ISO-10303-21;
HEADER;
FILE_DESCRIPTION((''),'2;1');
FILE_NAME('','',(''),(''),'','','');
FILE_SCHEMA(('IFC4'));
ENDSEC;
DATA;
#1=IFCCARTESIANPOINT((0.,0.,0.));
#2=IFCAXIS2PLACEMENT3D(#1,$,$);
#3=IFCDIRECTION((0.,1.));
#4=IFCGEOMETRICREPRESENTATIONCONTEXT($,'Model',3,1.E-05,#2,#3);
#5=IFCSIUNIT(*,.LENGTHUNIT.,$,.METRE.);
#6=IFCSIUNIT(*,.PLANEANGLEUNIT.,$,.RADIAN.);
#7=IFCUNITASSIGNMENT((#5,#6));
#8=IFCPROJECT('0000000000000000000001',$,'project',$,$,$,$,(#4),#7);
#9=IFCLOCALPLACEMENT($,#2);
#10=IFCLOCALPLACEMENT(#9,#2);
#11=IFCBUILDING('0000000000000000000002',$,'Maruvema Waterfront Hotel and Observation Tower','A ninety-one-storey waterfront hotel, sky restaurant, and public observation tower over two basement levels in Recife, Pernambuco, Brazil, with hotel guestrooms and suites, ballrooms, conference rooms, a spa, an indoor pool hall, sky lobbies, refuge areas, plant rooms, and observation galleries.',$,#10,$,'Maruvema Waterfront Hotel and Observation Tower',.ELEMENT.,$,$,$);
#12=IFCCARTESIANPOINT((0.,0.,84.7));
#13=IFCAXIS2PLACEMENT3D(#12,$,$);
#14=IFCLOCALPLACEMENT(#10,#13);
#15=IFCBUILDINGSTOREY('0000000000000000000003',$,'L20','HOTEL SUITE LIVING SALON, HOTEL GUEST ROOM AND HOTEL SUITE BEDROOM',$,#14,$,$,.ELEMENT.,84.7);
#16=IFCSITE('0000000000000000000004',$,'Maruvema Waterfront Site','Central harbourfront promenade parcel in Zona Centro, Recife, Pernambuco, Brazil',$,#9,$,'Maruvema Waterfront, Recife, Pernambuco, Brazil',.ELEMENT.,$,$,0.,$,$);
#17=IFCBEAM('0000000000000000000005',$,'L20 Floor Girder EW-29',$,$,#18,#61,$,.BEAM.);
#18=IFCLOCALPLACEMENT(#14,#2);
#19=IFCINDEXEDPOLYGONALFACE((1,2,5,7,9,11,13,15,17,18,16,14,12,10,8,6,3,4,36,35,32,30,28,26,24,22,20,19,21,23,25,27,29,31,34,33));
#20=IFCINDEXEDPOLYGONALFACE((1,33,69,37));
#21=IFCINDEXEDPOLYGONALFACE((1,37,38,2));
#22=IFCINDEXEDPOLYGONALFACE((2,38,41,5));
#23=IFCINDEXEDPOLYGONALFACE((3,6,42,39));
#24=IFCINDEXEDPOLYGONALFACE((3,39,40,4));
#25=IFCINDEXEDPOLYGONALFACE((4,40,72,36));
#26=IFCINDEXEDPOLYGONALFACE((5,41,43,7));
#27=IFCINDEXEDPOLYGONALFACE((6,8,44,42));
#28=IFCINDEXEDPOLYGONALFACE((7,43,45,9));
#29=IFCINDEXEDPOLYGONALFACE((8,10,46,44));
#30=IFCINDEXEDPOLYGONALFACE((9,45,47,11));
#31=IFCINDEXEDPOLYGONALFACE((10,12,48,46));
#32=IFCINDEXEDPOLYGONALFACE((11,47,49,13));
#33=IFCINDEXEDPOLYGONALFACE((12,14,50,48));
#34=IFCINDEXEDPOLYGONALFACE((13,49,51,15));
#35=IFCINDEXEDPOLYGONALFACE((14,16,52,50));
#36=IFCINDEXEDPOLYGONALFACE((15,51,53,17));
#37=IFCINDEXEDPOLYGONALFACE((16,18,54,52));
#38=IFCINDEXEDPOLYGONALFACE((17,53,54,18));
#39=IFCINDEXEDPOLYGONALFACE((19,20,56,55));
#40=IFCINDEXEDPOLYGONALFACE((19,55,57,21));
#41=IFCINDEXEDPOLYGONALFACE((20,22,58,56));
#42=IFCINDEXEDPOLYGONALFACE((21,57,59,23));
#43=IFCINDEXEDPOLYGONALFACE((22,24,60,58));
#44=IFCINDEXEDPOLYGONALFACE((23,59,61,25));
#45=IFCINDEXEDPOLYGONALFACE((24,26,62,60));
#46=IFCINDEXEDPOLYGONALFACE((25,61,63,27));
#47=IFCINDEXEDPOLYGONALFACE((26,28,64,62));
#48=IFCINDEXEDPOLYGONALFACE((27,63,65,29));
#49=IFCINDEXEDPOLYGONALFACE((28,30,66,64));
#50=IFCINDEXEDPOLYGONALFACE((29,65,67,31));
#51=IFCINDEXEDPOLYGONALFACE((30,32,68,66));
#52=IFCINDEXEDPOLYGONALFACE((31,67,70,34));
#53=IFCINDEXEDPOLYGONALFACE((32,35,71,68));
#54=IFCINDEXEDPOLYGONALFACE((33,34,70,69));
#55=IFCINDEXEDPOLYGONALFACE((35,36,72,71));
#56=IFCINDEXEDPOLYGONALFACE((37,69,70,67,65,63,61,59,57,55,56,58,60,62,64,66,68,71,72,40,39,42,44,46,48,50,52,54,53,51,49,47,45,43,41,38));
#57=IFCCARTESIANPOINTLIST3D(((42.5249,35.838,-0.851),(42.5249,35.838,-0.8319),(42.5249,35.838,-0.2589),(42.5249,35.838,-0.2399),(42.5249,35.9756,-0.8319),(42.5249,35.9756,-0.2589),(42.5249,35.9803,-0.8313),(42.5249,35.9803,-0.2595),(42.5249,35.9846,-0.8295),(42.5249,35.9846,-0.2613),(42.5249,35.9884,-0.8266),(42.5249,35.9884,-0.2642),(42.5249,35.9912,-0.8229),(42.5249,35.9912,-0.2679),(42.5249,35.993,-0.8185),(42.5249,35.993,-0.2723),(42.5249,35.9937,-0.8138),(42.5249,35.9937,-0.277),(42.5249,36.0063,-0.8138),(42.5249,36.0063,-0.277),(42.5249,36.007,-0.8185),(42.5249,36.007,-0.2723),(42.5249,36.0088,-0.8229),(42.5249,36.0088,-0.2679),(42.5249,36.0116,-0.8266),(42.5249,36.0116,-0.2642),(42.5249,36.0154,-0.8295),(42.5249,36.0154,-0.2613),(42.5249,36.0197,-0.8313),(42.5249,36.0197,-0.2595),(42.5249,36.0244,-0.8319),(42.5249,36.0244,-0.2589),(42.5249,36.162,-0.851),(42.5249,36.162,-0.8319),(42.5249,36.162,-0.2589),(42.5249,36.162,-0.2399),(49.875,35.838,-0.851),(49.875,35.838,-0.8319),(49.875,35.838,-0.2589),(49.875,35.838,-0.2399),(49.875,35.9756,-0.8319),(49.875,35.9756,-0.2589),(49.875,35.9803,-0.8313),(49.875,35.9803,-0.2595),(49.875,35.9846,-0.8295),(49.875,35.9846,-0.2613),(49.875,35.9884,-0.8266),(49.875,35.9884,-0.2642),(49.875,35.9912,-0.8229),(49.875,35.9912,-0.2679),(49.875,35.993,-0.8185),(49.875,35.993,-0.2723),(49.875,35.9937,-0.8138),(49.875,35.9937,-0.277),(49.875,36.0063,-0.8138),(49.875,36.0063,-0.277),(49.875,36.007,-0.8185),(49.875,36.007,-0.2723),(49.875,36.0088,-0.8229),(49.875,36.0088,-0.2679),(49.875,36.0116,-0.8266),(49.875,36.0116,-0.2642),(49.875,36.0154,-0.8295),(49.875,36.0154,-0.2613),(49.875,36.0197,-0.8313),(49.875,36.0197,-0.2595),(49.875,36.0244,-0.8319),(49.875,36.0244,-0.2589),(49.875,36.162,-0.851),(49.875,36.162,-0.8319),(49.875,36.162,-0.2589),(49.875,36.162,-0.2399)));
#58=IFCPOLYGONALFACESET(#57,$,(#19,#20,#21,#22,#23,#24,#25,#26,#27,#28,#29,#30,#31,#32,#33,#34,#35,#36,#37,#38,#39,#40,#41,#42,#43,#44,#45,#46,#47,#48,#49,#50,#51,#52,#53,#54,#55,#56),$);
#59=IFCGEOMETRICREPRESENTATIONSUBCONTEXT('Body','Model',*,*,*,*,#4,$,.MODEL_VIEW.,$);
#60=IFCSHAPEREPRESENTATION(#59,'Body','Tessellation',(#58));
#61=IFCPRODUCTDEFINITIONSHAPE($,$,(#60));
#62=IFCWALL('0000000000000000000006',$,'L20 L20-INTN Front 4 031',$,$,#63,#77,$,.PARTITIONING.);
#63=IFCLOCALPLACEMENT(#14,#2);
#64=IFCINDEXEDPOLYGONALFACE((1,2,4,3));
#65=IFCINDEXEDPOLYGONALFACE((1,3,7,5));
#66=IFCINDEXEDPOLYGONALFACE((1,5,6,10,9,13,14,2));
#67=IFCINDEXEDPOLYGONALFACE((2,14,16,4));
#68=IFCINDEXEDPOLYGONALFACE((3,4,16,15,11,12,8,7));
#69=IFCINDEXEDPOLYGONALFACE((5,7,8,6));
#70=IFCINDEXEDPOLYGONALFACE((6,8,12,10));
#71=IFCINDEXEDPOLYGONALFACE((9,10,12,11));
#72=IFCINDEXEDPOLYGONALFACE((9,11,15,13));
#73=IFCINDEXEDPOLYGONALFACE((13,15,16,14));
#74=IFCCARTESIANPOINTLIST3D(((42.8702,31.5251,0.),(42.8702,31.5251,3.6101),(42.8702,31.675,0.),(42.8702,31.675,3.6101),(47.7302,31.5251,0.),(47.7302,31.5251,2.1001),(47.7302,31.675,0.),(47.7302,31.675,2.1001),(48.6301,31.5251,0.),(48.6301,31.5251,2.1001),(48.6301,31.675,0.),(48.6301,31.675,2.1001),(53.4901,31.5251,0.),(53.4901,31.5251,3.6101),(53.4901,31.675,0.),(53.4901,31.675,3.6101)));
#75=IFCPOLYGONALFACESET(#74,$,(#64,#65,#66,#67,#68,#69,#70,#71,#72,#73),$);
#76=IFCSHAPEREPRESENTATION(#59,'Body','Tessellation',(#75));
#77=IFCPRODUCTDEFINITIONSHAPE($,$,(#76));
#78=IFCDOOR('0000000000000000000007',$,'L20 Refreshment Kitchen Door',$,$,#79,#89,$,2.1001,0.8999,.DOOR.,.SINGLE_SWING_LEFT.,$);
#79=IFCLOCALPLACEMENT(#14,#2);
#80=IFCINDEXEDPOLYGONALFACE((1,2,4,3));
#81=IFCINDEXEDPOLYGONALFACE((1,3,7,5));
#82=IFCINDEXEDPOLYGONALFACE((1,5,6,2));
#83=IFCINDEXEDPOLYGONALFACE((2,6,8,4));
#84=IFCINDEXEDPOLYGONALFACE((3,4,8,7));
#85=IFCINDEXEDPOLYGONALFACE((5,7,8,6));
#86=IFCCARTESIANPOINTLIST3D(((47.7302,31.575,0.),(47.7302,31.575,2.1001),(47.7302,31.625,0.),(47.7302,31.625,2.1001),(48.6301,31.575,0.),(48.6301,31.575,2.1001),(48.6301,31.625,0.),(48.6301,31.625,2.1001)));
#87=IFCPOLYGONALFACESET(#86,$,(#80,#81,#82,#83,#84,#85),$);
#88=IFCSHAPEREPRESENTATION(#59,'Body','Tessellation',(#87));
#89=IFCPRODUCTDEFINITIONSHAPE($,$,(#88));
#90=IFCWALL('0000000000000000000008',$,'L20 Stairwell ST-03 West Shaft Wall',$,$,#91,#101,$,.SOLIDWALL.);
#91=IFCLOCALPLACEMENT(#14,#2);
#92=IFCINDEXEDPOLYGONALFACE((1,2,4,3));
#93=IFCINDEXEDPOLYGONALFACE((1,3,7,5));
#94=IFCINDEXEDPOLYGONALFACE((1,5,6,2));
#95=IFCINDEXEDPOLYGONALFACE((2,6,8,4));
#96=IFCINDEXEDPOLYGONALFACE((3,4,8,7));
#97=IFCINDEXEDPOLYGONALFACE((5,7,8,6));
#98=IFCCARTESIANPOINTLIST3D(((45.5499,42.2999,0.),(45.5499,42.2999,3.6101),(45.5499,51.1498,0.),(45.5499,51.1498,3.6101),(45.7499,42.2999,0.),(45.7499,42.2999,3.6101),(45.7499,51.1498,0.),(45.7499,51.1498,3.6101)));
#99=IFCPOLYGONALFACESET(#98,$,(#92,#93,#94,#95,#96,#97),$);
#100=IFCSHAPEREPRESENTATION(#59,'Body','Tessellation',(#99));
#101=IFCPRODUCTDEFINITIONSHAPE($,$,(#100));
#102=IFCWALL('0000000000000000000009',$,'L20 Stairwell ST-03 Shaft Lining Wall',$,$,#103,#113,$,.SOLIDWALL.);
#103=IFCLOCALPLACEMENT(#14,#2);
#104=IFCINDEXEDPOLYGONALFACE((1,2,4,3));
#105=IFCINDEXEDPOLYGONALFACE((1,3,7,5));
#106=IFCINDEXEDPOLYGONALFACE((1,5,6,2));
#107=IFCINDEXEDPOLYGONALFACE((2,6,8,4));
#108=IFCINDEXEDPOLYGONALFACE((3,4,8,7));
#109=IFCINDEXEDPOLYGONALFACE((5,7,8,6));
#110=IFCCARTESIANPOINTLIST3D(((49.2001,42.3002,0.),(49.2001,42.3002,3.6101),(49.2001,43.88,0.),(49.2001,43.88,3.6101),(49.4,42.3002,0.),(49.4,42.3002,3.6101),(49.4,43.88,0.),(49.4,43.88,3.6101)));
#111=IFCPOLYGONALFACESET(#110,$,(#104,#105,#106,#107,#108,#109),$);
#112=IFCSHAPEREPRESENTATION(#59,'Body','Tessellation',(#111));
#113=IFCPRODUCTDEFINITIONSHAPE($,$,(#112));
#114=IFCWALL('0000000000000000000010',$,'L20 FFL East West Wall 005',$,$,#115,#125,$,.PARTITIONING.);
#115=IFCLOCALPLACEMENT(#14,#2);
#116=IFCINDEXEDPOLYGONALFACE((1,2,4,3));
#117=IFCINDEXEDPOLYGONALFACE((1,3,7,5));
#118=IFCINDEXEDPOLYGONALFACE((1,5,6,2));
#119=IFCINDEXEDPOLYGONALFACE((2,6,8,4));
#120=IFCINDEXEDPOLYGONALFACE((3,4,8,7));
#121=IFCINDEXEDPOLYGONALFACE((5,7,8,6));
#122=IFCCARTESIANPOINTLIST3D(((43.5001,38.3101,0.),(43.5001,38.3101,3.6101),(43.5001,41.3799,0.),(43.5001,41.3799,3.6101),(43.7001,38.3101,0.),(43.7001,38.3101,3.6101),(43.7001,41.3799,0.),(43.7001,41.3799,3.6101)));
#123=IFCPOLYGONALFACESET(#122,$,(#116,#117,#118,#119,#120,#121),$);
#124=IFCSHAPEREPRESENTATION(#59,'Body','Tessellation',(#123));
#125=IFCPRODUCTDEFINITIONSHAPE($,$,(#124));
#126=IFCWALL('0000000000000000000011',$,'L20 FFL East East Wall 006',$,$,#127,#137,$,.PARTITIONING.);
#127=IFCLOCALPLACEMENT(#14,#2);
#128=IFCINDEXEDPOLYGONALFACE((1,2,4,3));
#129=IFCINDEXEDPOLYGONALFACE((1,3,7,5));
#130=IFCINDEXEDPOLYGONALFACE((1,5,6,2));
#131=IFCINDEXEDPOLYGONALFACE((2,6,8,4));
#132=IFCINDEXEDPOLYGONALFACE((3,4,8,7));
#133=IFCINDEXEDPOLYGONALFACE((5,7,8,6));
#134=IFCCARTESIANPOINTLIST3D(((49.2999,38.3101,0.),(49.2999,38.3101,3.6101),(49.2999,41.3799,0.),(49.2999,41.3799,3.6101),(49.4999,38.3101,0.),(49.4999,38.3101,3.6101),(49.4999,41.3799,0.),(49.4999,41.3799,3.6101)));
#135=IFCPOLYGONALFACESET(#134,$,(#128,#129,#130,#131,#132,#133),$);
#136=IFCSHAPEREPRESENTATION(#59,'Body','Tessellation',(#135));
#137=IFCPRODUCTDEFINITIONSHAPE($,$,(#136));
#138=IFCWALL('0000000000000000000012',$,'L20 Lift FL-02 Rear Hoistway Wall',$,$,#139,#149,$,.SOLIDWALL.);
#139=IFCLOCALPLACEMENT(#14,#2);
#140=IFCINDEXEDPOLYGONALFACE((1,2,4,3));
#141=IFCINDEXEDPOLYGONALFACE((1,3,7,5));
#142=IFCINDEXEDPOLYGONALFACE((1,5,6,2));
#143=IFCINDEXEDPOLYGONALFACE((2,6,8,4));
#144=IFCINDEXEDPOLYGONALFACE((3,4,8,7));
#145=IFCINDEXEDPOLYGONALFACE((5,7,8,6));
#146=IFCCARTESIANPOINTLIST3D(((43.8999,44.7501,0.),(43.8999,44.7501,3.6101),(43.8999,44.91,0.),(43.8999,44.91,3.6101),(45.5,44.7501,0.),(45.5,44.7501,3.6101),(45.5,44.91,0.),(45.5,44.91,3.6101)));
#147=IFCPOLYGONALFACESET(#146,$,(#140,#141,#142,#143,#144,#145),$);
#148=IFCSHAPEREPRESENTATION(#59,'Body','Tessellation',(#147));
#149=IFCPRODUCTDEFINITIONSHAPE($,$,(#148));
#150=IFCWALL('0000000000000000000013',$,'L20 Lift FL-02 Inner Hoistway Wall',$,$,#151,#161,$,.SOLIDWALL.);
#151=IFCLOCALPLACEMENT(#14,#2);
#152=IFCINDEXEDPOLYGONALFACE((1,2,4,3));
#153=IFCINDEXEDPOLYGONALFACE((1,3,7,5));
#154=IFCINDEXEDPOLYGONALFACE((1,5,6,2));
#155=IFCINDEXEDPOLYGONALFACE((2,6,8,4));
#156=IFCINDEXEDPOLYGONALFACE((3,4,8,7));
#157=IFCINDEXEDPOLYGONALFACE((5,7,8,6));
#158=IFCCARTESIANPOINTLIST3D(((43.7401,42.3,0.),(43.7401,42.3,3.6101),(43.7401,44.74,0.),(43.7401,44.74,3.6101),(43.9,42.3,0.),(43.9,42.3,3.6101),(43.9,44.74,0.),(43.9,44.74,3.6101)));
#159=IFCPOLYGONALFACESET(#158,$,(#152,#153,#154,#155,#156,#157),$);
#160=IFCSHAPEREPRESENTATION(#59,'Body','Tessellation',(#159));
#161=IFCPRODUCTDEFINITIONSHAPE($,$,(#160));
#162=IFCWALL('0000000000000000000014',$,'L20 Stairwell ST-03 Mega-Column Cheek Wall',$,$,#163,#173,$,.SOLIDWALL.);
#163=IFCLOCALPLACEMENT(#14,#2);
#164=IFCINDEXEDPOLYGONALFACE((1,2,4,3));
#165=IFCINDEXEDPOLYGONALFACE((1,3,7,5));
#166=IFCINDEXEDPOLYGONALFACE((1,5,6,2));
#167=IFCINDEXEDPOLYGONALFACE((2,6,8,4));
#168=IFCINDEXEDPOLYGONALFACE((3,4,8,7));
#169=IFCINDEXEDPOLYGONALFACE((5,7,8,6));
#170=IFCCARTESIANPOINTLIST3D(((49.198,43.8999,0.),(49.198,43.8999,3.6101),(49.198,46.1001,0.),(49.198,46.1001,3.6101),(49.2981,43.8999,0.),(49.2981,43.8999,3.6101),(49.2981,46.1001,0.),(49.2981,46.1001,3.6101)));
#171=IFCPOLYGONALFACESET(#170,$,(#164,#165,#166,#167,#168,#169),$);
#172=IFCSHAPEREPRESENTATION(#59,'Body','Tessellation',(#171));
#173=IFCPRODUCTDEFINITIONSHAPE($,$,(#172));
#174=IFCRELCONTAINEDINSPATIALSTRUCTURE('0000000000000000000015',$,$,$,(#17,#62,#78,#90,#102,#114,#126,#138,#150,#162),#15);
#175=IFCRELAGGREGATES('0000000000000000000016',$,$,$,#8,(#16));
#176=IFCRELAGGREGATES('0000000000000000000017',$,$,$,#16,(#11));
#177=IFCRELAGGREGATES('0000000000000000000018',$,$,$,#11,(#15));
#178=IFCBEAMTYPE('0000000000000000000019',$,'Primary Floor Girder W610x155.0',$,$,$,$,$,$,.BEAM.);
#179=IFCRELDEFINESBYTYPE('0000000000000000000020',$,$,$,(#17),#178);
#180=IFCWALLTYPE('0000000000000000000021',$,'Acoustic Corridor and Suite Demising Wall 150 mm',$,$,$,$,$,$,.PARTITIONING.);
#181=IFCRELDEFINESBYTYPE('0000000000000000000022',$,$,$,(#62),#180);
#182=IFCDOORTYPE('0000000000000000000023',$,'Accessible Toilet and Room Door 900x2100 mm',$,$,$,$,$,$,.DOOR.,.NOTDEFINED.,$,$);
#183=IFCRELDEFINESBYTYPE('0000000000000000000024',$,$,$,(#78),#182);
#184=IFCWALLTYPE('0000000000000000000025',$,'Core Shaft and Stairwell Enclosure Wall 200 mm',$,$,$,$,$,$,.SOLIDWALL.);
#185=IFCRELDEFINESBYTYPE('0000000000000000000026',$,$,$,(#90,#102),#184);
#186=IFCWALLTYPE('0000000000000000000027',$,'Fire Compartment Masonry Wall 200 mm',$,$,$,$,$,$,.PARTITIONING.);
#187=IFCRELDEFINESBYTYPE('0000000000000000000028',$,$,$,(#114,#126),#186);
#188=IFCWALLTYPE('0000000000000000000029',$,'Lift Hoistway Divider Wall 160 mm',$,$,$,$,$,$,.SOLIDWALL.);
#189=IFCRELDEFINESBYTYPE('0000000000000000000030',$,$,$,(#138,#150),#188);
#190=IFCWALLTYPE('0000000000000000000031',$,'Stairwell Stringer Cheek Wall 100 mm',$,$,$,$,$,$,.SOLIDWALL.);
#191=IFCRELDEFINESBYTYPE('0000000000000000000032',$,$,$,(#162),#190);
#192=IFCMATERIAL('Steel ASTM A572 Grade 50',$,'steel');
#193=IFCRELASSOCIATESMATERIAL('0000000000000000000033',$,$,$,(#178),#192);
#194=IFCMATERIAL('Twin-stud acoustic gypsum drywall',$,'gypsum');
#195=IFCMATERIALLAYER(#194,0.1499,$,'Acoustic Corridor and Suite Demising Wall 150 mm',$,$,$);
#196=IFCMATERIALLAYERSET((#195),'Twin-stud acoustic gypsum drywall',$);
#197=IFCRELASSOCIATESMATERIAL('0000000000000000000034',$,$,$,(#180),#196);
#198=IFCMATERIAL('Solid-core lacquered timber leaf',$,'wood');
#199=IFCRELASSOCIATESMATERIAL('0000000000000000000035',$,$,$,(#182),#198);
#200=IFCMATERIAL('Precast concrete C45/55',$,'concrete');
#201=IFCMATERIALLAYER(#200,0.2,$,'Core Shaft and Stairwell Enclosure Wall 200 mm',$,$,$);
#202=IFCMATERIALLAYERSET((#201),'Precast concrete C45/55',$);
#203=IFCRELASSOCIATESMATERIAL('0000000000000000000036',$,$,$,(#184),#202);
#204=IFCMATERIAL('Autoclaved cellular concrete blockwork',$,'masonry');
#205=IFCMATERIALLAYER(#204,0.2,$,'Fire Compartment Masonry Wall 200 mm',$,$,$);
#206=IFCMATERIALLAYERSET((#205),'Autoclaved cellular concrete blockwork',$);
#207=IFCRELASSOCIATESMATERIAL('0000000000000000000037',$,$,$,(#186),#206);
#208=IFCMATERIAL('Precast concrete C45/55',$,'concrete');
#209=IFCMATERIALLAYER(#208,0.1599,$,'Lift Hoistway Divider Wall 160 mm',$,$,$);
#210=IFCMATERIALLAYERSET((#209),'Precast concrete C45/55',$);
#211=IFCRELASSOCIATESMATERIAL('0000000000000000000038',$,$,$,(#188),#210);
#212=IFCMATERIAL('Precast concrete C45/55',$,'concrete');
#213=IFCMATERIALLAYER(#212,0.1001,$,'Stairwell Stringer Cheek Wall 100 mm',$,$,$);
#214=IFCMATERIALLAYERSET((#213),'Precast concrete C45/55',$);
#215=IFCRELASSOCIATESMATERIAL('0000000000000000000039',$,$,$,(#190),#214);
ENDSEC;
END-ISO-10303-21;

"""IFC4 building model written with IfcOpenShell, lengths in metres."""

from ifc_helpers import new_model, si_unit, direction, frame, frame_2d, origin, origin_2d, place, context, subcontext, project, spatial, rectangle, i_section, extrude, material, layer, layer_set, material_profile, profile_set, type_object, element, fill, save


model = new_model("IFC4")

# Units and contexts
model_context = context("Model", 3, precision=1e-05, world=origin(), true_north=direction((0.0, 1.0)))
body_context = subcontext(model_context, "Body", "Model", "MODEL_VIEW")
ifc_project = project(units=[si_unit("LENGTHUNIT", "METRE"), si_unit("PLANEANGLEUNIT", "RADIAN")], contexts=[model_context])

# Site, building, storey
site_placement = place(None, origin())
site = spatial("IfcSite", under=ifc_project, at=site_placement, Name="Maruvema Waterfront Site", Description="Central harbourfront promenade parcel in Zona Centro, Recife, Pernambuco, Brazil", LongName="Maruvema Waterfront, Recife, Pernambuco, Brazil", CompositionType="ELEMENT", RefElevation=0.0)
building_placement = place(site_placement, origin())
building = spatial("IfcBuilding", under=site, at=building_placement, Name="Maruvema Waterfront Hotel and Observation Tower", Description="A ninety-one-storey waterfront hotel, sky restaurant, and public observation tower over two basement levels in Recife, Pernambuco, Brazil, with hotel guestrooms and suites, ballrooms, conference rooms, a spa, an indoor pool hall, sky lobbies, refuge areas, plant rooms, and observation galleries.", LongName="Maruvema Waterfront Hotel and Observation Tower", CompositionType="ELEMENT")
storey_placement = place(building_placement, frame((0.0, 0.0, 84.7)))
storey = spatial("IfcBuildingStorey", under=building, at=storey_placement, Name="L20", Description="HOTEL SUITE LIVING SALON, HOTEL GUEST ROOM AND HOTEL SUITE BEDROOM", CompositionType="ELEMENT", Elevation=84.7)

# Beam
ifc_material_1 = material(Name="Steel ASTM A572 Grade 50", Category="steel")
ifc_material_profile = material_profile(ifc_material_1, i_section(OverallWidth=0.324, OverallDepth=0.6111, WebThickness=0.0127, FlangeThickness=0.019, FilletRadius=0.0181, at=origin_2d()), Name="W610x155.0")
ifc_profile_set = profile_set([ifc_material_profile], Name="Steel ASTM A572 Grade 50")
beam_type = type_object("IfcBeamType", Name="Primary Floor Girder W610x155.0", PredefinedType="BEAM", material=ifc_profile_set)
beam_placement = place(storey_placement, frame((42.5249, 36.0, -0.5454), z_axis=(1.0, 0.0, 0.0), x_axis=(0.0, 1.0, 0.0)))
element("IfcBeam", 1, at=beam_placement, inside=storey, type_object=beam_type, Name="L20 Floor Girder EW-29", PredefinedType="BEAM", context=body_context, shape_type="SweptSolid", body=[
    extrude(i_section(OverallWidth=0.324, OverallDepth=0.6111, WebThickness=0.0127, FlangeThickness=0.019, FilletRadius=0.0181, at=origin_2d()), origin(), (0.0, 0.0, 1.0), 7.3501),
])

# Wall, opening, door
ifc_material_2 = material(Name="Twin-stud acoustic gypsum drywall", Category="gypsum")
ifc_layer_1 = layer(ifc_material_2, 0.1499, Name="Acoustic Corridor and Suite Demising Wall 150 mm")
ifc_layer_set_1 = layer_set([ifc_layer_1], Name="Twin-stud acoustic gypsum drywall")
wall_type_1 = type_object("IfcWallType", Name="Acoustic Corridor and Suite Demising Wall 150 mm", PredefinedType="PARTITIONING", material=ifc_layer_set_1)
wall_1_placement = place(storey_placement, frame((42.8701, 31.6001, 0.0), z_axis=(0.0, 0.0, 1.0), x_axis=(1.0, 0.0, 0.0)))
wall_1 = element("IfcWall", 2, at=wall_1_placement, inside=storey, type_object=wall_type_1, Name="L20 L20-INTN Front 4 031", PredefinedType="PARTITIONING", context=body_context, shape_type="SweptSolid", body=[
    extrude(rectangle(XDim=10.6199, YDim=0.1499, at=frame_2d((5.3101, 0.0))), origin(), (0.0, 0.0, 1.0), 3.6101),
])
opening_1_placement = place(wall_1_placement, frame((4.8601, 0.0, 0.0)))
opening_1 = element("IfcOpeningElement", 3, at=opening_1_placement, cuts=wall_1, PredefinedType="OPENING", context=body_context, shape_type="SweptSolid", body=[
    extrude(rectangle(XDim=0.8999, YDim=2.1001, at=frame_2d((0.45, 1.05))), frame((0.0, 0.085, 0.0), z_axis=(0.0, -1.0, 0.0), x_axis=(1.0, 0.0, 0.0)), (0.0, 0.0, 1.0), 0.1699),
])
ifc_material_3 = material(Name="Solid-core lacquered timber leaf", Category="wood")
door_type_1 = type_object("IfcDoorType", Name="Accessible Toilet and Room Door 900x2100 mm", OperationType="NOTDEFINED", PredefinedType="DOOR", material=ifc_material_3)
door_1_placement = place(opening_1_placement, origin())
door_1 = element("IfcDoor", 4, at=door_1_placement, inside=storey, type_object=door_type_1, Name="L20 Refreshment Kitchen Door", OperationType="SINGLE_SWING_LEFT", OverallHeight=2.1001, OverallWidth=0.8999, PredefinedType="DOOR", context=body_context, shape_type="SweptSolid", body=[
    extrude(rectangle(XDim=0.8999, YDim=2.1001, at=frame_2d((0.45, 1.05))), frame((0.0, 0.0249, 0.0), z_axis=(0.0, -1.0, 0.0), x_axis=(1.0, 0.0, 0.0)), (0.0, 0.0, 1.0), 0.05),
])
fill(opening_1, door_1)

# Walls
ifc_material_4 = material(Name="Precast concrete C45/55", Category="concrete")
ifc_layer_2 = layer(ifc_material_4, 0.2, Name="Core Shaft and Stairwell Enclosure Wall 200 mm")
ifc_layer_set_2 = layer_set([ifc_layer_2], Name="Precast concrete C45/55")
wall_type_2 = type_object("IfcWallType", Name="Core Shaft and Stairwell Enclosure Wall 200 mm", PredefinedType="SOLIDWALL", material=ifc_layer_set_2)
wall_2_placement = place(storey_placement, frame((45.6499, 42.3, 0.0), z_axis=(0.0, 0.0, 1.0), x_axis=(0.0, 1.0, 0.0)))
element("IfcWall", 5, at=wall_2_placement, inside=storey, type_object=wall_type_2, Name="L20 Stairwell ST-03 West Shaft Wall", PredefinedType="SOLIDWALL", context=body_context, shape_type="SweptSolid", body=[
    extrude(rectangle(XDim=8.8499, YDim=0.2, at=frame_2d((4.4248, 0.0))), origin(), (0.0, 0.0, 1.0), 3.6101),
])
wall_3_placement = place(storey_placement, frame((49.3, 42.3, 0.0), z_axis=(0.0, 0.0, 1.0), x_axis=(0.0, 1.0, 0.0)))
element("IfcWall", 6, at=wall_3_placement, inside=storey, type_object=wall_type_2, Name="L20 Stairwell ST-03 Shaft Lining Wall", PredefinedType="SOLIDWALL", context=body_context, shape_type="SweptSolid", body=[
    extrude(rectangle(XDim=1.5798, YDim=0.2, at=frame_2d((0.79, 0.0))), origin(), (0.0, 0.0, 1.0), 3.6101),
])

# Shared definitions
ifc_material_5 = material(Name="Autoclaved cellular concrete blockwork", Category="masonry")
ifc_layer_3 = layer(ifc_material_5, 0.2, Name="Fire Compartment Masonry Wall 200 mm")
ifc_layer_set_3 = layer_set([ifc_layer_3], Name="Autoclaved cellular concrete blockwork")
wall_type_3 = type_object("IfcWallType", Name="Fire Compartment Masonry Wall 200 mm", PredefinedType="PARTITIONING", material=ifc_layer_set_3)

# Walls
for number, where, z_axis, x_axis, name in (
    (7, (43.6001, 38.3101, 0.0), (0.0, 0.0, 1.0), (0.0, 1.0, 0.0), "L20 FFL East West Wall 005"),
    (8, (49.3999, 38.3101, 0.0), (0.0, 0.0, 1.0), (0.0, 1.0, 0.0), "L20 FFL East East Wall 006"),
):
    element("IfcWall", number, at=place(storey_placement, frame(where, z_axis=z_axis, x_axis=x_axis)), inside=storey, type_object=wall_type_3, Name=name, PredefinedType="PARTITIONING", context=body_context, shape_type="SweptSolid", body=[
        extrude(rectangle(XDim=3.0698, YDim=0.2, at=frame_2d((1.5349, 0.0))), origin(), (0.0, 0.0, 1.0), 3.6101),
    ])
ifc_material_6 = material(Name="Precast concrete C45/55", Category="concrete")
ifc_layer_4 = layer(ifc_material_6, 0.1599, Name="Lift Hoistway Divider Wall 160 mm")
ifc_layer_set_4 = layer_set([ifc_layer_4], Name="Precast concrete C45/55")
wall_type_4 = type_object("IfcWallType", Name="Lift Hoistway Divider Wall 160 mm", PredefinedType="SOLIDWALL", material=ifc_layer_set_4)
wall_4_placement = place(storey_placement, frame((43.8999, 44.8301, 0.0), z_axis=(0.0, 0.0, 1.0), x_axis=(1.0, 0.0, 0.0)))
element("IfcWall", 9, at=wall_4_placement, inside=storey, type_object=wall_type_4, Name="L20 Lift FL-02 Rear Hoistway Wall", PredefinedType="SOLIDWALL", context=body_context, shape_type="SweptSolid", body=[
    extrude(rectangle(XDim=1.6001, YDim=0.1599, at=frame_2d((0.8, 0.0))), origin(), (0.0, 0.0, 1.0), 3.6101),
])
wall_5_placement = place(storey_placement, frame((43.8201, 42.3, 0.0), z_axis=(0.0, 0.0, 1.0), x_axis=(0.0, 1.0, 0.0)))
element("IfcWall", 10, at=wall_5_placement, inside=storey, type_object=wall_type_4, Name="L20 Lift FL-02 Inner Hoistway Wall", PredefinedType="SOLIDWALL", context=body_context, shape_type="SweptSolid", body=[
    extrude(rectangle(XDim=2.4399, YDim=0.1599, at=frame_2d((1.22, 0.0))), origin(), (0.0, 0.0, 1.0), 3.6101),
])
ifc_material_7 = material(Name="Precast concrete C45/55", Category="concrete")
ifc_layer_5 = layer(ifc_material_7, 0.1001, Name="Stairwell Stringer Cheek Wall 100 mm")
ifc_layer_set_5 = layer_set([ifc_layer_5], Name="Precast concrete C45/55")
wall_type_5 = type_object("IfcWallType", Name="Stairwell Stringer Cheek Wall 100 mm", PredefinedType="SOLIDWALL", material=ifc_layer_set_5)
wall_6_placement = place(storey_placement, frame((49.248, 43.8999, 0.0), z_axis=(0.0, 0.0, 1.0), x_axis=(0.0, 1.0, 0.0)))
element("IfcWall", 11, at=wall_6_placement, inside=storey, type_object=wall_type_5, Name="L20 Stairwell ST-03 Mega-Column Cheek Wall", PredefinedType="SOLIDWALL", context=body_context, shape_type="SweptSolid", body=[
    extrude(rectangle(XDim=2.2002, YDim=0.1001, at=frame_2d((1.1001, 0.0))), origin(), (0.0, 0.0, 1.0), 3.6101),
])

save(model, "model.ifc")
